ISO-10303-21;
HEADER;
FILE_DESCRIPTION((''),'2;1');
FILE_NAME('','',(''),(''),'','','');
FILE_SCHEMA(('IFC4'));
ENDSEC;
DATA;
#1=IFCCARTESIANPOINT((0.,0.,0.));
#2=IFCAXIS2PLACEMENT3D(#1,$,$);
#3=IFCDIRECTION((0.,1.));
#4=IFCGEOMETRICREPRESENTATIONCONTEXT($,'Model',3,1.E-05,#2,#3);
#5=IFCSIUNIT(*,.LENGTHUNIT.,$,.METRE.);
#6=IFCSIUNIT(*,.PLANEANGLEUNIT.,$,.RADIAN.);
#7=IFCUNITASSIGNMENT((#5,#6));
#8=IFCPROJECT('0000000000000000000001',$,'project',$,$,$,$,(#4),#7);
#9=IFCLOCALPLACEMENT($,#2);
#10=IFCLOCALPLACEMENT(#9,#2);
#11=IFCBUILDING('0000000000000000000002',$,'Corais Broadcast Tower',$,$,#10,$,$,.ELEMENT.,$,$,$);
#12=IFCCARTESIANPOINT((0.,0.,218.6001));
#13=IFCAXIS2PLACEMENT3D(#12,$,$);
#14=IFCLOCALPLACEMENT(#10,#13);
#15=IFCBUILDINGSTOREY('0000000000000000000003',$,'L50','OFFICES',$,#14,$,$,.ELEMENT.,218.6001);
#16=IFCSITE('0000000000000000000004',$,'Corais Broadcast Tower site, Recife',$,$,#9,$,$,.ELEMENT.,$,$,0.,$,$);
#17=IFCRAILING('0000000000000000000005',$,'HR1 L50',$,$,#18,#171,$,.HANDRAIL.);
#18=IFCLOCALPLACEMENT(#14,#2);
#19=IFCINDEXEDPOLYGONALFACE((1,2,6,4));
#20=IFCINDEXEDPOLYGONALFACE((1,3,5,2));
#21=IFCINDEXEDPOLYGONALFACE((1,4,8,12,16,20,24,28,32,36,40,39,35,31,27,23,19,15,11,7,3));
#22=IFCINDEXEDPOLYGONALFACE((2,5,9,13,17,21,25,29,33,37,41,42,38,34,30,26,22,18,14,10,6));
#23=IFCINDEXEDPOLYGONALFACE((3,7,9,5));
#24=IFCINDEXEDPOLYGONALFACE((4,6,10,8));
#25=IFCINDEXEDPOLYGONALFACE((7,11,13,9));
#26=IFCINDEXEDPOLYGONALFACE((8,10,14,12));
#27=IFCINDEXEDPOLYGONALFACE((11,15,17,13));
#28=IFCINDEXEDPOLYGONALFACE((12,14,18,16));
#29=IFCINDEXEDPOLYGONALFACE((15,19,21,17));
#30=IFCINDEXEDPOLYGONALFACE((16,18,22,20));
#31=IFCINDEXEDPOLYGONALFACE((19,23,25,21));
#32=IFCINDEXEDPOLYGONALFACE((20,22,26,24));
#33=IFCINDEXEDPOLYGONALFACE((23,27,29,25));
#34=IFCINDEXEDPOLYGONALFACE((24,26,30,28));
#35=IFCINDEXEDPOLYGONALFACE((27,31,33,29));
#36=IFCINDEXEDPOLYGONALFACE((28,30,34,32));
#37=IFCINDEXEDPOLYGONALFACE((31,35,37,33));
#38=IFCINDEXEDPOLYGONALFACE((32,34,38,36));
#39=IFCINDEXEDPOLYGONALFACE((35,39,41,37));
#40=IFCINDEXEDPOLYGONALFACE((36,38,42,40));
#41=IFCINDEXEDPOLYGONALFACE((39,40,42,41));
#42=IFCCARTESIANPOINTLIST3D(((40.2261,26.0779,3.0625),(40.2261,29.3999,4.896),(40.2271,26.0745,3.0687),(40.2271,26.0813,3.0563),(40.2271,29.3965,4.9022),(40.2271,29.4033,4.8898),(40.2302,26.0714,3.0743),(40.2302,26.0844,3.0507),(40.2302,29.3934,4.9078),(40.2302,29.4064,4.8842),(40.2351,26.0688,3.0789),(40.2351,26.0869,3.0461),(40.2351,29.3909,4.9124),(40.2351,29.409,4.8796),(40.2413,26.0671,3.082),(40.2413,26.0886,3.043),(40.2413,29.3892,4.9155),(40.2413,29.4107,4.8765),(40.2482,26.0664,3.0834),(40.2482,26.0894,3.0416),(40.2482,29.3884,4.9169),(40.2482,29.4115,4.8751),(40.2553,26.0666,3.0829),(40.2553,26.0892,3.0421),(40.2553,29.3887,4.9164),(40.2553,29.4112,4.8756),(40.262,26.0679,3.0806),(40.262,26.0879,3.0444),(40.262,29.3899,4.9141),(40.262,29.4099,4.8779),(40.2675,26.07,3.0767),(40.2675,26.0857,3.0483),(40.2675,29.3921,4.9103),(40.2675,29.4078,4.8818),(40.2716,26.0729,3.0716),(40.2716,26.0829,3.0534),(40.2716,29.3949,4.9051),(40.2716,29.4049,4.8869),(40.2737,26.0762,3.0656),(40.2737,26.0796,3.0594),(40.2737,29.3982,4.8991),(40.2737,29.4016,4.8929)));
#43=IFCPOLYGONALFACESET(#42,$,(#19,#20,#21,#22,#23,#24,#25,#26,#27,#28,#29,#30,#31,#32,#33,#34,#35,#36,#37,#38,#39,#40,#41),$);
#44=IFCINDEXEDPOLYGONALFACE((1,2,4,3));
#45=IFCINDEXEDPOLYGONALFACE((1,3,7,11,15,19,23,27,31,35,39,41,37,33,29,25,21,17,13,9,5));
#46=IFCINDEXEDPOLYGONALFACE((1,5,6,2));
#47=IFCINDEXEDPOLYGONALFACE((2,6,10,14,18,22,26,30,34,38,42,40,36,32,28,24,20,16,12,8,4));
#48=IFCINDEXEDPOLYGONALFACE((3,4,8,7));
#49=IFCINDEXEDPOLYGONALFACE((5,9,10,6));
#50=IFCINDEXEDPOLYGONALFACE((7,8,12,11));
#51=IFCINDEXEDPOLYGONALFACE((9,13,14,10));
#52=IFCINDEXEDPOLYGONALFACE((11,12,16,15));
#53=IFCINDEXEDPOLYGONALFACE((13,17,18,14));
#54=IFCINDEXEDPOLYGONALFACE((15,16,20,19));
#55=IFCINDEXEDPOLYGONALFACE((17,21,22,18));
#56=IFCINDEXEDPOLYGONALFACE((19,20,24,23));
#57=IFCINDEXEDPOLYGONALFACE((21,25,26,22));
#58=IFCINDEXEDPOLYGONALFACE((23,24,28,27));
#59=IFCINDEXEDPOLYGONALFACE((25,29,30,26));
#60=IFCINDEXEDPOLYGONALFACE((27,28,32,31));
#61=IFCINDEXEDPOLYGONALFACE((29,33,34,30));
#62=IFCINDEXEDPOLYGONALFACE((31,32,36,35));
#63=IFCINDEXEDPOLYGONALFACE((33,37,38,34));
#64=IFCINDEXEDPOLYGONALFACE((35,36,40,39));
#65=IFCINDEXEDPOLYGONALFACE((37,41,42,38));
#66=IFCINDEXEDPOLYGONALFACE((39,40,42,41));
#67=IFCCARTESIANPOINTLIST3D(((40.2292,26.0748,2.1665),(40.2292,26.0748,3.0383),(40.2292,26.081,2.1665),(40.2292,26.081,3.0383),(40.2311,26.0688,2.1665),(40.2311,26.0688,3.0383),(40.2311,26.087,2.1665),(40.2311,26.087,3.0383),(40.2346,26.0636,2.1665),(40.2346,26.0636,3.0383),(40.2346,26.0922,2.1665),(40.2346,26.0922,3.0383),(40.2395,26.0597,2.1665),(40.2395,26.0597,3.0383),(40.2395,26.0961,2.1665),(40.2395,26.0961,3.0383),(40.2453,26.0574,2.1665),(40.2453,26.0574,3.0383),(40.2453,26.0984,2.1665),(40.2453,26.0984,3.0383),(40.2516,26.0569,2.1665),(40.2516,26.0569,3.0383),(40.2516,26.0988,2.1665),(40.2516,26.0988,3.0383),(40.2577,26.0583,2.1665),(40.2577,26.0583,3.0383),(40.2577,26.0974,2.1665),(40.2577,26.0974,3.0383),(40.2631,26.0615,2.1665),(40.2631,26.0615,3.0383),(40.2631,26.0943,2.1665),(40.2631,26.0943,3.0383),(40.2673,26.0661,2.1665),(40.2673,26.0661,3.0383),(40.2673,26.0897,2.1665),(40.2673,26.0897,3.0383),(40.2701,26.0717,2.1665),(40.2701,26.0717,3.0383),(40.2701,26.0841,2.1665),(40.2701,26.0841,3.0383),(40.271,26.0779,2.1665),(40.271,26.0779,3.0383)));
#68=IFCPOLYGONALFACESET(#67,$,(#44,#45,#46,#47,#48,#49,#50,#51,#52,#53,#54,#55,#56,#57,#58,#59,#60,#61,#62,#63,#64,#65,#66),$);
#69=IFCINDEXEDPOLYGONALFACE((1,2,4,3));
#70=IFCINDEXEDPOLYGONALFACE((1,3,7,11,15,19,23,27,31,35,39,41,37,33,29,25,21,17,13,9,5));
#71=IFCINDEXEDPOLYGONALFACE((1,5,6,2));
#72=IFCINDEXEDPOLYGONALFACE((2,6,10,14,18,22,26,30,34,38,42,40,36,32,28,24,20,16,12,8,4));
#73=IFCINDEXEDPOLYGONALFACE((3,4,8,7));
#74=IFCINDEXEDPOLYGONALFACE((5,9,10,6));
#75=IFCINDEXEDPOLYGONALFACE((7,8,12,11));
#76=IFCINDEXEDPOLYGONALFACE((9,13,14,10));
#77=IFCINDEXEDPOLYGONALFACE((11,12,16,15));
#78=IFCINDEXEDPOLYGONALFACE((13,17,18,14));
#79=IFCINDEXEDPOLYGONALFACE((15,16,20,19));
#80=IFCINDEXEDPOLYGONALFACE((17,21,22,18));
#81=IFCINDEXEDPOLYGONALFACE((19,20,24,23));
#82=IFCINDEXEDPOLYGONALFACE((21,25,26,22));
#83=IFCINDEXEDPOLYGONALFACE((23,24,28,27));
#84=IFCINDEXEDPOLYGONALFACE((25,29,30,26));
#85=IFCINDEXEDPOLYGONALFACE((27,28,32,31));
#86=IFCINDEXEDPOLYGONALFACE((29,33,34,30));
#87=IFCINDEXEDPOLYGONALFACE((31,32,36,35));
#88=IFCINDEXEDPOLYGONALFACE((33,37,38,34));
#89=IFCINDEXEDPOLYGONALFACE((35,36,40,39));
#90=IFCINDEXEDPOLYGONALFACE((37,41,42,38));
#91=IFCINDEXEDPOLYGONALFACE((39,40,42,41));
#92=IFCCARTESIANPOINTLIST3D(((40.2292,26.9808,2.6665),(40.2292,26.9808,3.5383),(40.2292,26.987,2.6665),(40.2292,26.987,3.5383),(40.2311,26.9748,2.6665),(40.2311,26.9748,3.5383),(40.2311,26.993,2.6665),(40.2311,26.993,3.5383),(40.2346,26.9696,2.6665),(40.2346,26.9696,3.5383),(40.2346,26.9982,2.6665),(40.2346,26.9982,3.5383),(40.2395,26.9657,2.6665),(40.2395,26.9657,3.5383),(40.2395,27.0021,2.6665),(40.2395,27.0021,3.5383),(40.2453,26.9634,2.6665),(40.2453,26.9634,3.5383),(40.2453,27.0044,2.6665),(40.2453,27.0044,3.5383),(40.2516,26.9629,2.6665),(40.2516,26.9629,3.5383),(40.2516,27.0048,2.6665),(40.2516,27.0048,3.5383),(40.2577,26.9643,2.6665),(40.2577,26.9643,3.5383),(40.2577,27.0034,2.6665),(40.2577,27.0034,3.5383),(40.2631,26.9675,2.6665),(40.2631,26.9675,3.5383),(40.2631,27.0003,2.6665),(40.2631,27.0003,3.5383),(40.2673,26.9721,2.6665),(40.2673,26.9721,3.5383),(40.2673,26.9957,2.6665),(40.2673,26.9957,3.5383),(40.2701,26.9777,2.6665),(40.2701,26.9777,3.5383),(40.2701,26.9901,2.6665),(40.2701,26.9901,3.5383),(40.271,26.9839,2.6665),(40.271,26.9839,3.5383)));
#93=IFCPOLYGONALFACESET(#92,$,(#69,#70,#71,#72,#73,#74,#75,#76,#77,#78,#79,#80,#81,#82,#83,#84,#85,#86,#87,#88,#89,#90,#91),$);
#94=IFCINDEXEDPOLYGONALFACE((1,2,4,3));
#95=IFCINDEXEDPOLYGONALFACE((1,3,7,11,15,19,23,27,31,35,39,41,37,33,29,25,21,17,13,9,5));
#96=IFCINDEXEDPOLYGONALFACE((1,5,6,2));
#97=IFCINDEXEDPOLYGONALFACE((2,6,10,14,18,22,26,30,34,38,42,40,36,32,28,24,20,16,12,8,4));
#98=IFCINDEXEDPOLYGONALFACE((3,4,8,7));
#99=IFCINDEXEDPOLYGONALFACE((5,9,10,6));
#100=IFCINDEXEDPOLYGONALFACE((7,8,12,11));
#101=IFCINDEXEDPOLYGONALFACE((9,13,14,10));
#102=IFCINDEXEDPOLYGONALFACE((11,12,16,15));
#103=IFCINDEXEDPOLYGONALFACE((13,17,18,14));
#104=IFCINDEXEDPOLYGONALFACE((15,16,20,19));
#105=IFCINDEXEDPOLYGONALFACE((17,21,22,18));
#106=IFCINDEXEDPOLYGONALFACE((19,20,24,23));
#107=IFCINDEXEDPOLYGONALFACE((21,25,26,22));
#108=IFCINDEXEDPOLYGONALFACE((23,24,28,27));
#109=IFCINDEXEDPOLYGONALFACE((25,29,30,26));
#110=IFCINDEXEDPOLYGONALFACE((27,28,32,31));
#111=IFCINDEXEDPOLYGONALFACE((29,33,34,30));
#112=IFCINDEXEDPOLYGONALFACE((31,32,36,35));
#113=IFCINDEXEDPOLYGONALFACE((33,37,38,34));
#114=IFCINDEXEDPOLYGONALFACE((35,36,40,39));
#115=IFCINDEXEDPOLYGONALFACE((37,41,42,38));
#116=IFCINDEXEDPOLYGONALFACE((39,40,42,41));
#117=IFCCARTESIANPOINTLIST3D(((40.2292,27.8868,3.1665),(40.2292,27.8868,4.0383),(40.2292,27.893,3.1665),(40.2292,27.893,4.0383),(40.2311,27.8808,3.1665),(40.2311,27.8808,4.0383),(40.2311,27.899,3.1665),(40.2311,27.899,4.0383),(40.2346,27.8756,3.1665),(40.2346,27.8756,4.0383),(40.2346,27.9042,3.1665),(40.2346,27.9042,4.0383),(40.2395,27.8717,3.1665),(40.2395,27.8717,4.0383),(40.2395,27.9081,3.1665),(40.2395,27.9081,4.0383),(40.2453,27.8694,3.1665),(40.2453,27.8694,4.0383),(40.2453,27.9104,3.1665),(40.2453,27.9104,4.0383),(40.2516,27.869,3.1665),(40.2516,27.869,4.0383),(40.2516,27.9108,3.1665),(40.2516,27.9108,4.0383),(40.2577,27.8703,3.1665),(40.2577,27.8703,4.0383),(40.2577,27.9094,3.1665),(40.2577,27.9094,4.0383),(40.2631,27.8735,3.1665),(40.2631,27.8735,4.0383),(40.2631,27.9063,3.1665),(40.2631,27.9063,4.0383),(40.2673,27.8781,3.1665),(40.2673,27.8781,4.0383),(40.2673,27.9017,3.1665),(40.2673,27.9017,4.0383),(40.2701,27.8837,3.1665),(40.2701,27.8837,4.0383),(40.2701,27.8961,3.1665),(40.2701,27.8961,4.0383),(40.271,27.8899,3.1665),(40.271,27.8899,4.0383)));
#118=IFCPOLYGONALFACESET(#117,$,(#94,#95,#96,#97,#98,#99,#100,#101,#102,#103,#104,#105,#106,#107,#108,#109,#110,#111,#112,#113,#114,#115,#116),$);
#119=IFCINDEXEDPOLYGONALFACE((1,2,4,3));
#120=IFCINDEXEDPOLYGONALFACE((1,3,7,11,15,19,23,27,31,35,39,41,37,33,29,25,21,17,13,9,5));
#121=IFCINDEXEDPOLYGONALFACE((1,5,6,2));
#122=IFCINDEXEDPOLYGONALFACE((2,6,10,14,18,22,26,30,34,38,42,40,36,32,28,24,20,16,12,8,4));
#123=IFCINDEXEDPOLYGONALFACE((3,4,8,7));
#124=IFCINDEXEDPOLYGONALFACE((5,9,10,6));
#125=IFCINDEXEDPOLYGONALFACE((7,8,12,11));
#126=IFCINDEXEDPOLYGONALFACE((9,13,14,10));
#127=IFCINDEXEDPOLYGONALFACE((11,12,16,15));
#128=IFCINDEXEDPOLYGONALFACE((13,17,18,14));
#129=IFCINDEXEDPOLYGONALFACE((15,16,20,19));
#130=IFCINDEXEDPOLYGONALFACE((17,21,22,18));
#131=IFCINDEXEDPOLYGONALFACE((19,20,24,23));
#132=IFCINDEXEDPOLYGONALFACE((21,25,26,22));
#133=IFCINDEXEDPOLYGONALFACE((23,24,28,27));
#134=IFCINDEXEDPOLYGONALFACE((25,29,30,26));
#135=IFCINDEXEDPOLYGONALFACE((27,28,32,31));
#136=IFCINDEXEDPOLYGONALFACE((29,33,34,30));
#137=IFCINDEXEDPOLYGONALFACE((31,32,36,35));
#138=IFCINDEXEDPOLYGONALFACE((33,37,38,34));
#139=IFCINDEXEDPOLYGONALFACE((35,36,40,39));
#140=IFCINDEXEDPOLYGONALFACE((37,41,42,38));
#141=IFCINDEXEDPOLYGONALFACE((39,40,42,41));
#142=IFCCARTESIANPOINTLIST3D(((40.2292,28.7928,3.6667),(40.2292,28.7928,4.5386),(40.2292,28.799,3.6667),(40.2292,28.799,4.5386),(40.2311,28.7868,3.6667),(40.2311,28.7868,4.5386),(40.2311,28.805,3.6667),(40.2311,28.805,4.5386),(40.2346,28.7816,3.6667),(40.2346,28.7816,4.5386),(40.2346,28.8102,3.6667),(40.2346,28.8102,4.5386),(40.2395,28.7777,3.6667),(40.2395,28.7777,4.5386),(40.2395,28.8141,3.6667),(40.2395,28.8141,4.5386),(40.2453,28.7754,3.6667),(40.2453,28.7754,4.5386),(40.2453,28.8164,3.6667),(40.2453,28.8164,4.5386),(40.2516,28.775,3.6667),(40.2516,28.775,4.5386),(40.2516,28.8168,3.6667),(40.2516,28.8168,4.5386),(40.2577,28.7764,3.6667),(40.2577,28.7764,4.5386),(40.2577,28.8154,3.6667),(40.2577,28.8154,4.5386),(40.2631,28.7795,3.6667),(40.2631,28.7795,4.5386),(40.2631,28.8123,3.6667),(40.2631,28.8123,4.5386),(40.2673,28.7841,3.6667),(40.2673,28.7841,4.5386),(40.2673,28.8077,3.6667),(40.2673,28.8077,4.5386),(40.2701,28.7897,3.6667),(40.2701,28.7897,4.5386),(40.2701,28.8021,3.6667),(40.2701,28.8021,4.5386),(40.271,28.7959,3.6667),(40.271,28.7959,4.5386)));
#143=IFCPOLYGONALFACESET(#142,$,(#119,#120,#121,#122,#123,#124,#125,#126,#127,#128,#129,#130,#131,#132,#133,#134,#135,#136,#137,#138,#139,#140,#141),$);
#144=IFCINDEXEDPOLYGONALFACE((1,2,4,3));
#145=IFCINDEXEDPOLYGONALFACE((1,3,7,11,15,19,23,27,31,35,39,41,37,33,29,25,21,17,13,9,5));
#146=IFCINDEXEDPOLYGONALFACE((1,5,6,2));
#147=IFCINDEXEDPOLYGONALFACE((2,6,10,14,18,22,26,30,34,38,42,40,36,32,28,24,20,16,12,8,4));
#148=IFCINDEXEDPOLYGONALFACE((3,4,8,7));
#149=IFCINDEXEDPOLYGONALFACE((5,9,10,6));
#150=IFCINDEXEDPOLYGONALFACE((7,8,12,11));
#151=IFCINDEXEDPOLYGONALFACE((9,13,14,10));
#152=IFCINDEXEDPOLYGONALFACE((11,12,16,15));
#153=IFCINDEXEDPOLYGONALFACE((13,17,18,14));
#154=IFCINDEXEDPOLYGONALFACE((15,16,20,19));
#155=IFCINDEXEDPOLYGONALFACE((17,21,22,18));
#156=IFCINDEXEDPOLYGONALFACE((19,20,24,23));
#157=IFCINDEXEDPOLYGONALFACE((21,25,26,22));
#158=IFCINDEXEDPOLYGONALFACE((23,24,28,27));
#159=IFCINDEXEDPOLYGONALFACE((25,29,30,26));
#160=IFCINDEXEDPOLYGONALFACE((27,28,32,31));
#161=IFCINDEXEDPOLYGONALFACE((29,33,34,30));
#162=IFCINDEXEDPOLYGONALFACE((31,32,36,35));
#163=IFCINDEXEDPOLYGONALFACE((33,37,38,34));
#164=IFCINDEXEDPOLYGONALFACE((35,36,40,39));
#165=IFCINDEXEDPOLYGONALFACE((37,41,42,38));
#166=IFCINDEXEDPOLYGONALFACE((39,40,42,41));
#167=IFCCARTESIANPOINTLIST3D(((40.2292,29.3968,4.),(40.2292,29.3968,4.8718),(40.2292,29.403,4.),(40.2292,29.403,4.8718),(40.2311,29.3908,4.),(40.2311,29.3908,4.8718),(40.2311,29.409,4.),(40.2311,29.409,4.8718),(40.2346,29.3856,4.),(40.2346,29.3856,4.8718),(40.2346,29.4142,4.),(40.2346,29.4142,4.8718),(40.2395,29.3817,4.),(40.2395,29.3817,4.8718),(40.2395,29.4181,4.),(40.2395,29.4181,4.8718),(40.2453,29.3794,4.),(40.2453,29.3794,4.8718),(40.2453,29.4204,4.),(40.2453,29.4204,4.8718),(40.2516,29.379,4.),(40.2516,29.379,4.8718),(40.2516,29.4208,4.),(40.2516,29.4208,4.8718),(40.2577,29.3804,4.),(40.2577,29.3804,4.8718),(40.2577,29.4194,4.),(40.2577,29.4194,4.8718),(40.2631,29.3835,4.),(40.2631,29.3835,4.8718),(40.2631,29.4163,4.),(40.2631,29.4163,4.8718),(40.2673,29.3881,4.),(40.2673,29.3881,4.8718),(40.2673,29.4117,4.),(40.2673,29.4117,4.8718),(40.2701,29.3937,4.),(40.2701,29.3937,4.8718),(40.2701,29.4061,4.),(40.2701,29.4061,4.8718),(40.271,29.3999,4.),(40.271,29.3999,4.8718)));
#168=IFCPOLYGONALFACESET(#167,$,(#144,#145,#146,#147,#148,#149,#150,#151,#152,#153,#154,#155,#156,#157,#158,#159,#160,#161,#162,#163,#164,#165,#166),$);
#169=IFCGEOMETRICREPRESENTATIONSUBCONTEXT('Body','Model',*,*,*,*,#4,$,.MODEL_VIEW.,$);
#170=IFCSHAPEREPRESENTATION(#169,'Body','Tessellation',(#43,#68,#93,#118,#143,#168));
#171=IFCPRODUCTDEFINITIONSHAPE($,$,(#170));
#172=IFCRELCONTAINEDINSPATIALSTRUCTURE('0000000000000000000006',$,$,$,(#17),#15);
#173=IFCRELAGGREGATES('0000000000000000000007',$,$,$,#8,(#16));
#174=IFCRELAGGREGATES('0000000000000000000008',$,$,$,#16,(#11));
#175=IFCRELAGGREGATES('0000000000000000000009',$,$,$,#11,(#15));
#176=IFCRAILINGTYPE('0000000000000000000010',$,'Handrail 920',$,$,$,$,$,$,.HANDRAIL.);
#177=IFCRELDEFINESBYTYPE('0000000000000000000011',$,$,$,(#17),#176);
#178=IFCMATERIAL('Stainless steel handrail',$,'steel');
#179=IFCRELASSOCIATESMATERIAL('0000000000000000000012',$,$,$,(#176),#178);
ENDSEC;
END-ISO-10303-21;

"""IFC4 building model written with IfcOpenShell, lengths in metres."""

from ifc_helpers import new_model, si_unit, direction, frame, origin, origin_2d, place, context, subcontext, project, spatial, circle, extrude, material, type_object, element, save


model = new_model("IFC4")

# Units and contexts
model_context = context("Model", 3, precision=1e-05, world=origin(), true_north=direction((0.0, 1.0)))
body_context = subcontext(model_context, "Body", "Model", "MODEL_VIEW")
ifc_project = project(units=[si_unit("LENGTHUNIT", "METRE"), si_unit("PLANEANGLEUNIT", "RADIAN")], contexts=[model_context])

# Site, building, storey
site_placement = place(None, origin())
site = spatial("IfcSite", under=ifc_project, at=site_placement, Name="Corais Broadcast Tower site, Recife", CompositionType="ELEMENT", RefElevation=0.0)
building_placement = place(site_placement, origin())
building = spatial("IfcBuilding", under=site, at=building_placement, Name="Corais Broadcast Tower", CompositionType="ELEMENT")
storey_placement = place(building_placement, frame((0.0, 0.0, 218.6001)))
storey = spatial("IfcBuildingStorey", under=building, at=storey_placement, Name="L50", Description="OFFICES", CompositionType="ELEMENT", Elevation=218.6001)

# Railing
ifc_material_1 = material(Name="Stainless steel handrail", Category="steel")
railing_type = type_object("IfcRailingType", Name="Handrail 920", PredefinedType="HANDRAIL", material=ifc_material_1)
for number, where, name in (
    (1, (40.25, 26.0779, 2.1665), "HR1 L50"),
):
    element("IfcRailing", number, at=place(storey_placement, frame(where)), inside=storey, type_object=railing_type, Name=name, PredefinedType="HANDRAIL", context=body_context, shape_type="SweptSolid", body=[
        extrude(circle(Radius=0.0239, at=origin_2d()), frame((0.0, 0.0, 0.896), z_axis=(0.0, 0.875504, 0.48321), x_axis=(-1.0, 0.0, 0.0)), (0.0, 0.0, 1.0), 3.7944),
        extrude(circle(Radius=0.021, at=origin_2d()), origin(), (0.0, 0.0, 1.0), 0.8718),
        extrude(circle(Radius=0.021, at=origin_2d()), frame((0.0, 0.906, 0.5)), (0.0, 0.0, 1.0), 0.8718),
        extrude(circle(Radius=0.021, at=origin_2d()), frame((0.0, 1.812, 1.0)), (0.0, 0.0, 1.0), 0.8718),
        extrude(circle(Radius=0.021, at=origin_2d()), frame((0.0, 2.718, 1.5002)), (0.0, 0.0, 1.0), 0.8718),
        extrude(circle(Radius=0.021, at=origin_2d()), frame((0.0, 3.322, 1.8335)), (0.0, 0.0, 1.0), 0.8718),
    ])

save(model, "model.ifc")
